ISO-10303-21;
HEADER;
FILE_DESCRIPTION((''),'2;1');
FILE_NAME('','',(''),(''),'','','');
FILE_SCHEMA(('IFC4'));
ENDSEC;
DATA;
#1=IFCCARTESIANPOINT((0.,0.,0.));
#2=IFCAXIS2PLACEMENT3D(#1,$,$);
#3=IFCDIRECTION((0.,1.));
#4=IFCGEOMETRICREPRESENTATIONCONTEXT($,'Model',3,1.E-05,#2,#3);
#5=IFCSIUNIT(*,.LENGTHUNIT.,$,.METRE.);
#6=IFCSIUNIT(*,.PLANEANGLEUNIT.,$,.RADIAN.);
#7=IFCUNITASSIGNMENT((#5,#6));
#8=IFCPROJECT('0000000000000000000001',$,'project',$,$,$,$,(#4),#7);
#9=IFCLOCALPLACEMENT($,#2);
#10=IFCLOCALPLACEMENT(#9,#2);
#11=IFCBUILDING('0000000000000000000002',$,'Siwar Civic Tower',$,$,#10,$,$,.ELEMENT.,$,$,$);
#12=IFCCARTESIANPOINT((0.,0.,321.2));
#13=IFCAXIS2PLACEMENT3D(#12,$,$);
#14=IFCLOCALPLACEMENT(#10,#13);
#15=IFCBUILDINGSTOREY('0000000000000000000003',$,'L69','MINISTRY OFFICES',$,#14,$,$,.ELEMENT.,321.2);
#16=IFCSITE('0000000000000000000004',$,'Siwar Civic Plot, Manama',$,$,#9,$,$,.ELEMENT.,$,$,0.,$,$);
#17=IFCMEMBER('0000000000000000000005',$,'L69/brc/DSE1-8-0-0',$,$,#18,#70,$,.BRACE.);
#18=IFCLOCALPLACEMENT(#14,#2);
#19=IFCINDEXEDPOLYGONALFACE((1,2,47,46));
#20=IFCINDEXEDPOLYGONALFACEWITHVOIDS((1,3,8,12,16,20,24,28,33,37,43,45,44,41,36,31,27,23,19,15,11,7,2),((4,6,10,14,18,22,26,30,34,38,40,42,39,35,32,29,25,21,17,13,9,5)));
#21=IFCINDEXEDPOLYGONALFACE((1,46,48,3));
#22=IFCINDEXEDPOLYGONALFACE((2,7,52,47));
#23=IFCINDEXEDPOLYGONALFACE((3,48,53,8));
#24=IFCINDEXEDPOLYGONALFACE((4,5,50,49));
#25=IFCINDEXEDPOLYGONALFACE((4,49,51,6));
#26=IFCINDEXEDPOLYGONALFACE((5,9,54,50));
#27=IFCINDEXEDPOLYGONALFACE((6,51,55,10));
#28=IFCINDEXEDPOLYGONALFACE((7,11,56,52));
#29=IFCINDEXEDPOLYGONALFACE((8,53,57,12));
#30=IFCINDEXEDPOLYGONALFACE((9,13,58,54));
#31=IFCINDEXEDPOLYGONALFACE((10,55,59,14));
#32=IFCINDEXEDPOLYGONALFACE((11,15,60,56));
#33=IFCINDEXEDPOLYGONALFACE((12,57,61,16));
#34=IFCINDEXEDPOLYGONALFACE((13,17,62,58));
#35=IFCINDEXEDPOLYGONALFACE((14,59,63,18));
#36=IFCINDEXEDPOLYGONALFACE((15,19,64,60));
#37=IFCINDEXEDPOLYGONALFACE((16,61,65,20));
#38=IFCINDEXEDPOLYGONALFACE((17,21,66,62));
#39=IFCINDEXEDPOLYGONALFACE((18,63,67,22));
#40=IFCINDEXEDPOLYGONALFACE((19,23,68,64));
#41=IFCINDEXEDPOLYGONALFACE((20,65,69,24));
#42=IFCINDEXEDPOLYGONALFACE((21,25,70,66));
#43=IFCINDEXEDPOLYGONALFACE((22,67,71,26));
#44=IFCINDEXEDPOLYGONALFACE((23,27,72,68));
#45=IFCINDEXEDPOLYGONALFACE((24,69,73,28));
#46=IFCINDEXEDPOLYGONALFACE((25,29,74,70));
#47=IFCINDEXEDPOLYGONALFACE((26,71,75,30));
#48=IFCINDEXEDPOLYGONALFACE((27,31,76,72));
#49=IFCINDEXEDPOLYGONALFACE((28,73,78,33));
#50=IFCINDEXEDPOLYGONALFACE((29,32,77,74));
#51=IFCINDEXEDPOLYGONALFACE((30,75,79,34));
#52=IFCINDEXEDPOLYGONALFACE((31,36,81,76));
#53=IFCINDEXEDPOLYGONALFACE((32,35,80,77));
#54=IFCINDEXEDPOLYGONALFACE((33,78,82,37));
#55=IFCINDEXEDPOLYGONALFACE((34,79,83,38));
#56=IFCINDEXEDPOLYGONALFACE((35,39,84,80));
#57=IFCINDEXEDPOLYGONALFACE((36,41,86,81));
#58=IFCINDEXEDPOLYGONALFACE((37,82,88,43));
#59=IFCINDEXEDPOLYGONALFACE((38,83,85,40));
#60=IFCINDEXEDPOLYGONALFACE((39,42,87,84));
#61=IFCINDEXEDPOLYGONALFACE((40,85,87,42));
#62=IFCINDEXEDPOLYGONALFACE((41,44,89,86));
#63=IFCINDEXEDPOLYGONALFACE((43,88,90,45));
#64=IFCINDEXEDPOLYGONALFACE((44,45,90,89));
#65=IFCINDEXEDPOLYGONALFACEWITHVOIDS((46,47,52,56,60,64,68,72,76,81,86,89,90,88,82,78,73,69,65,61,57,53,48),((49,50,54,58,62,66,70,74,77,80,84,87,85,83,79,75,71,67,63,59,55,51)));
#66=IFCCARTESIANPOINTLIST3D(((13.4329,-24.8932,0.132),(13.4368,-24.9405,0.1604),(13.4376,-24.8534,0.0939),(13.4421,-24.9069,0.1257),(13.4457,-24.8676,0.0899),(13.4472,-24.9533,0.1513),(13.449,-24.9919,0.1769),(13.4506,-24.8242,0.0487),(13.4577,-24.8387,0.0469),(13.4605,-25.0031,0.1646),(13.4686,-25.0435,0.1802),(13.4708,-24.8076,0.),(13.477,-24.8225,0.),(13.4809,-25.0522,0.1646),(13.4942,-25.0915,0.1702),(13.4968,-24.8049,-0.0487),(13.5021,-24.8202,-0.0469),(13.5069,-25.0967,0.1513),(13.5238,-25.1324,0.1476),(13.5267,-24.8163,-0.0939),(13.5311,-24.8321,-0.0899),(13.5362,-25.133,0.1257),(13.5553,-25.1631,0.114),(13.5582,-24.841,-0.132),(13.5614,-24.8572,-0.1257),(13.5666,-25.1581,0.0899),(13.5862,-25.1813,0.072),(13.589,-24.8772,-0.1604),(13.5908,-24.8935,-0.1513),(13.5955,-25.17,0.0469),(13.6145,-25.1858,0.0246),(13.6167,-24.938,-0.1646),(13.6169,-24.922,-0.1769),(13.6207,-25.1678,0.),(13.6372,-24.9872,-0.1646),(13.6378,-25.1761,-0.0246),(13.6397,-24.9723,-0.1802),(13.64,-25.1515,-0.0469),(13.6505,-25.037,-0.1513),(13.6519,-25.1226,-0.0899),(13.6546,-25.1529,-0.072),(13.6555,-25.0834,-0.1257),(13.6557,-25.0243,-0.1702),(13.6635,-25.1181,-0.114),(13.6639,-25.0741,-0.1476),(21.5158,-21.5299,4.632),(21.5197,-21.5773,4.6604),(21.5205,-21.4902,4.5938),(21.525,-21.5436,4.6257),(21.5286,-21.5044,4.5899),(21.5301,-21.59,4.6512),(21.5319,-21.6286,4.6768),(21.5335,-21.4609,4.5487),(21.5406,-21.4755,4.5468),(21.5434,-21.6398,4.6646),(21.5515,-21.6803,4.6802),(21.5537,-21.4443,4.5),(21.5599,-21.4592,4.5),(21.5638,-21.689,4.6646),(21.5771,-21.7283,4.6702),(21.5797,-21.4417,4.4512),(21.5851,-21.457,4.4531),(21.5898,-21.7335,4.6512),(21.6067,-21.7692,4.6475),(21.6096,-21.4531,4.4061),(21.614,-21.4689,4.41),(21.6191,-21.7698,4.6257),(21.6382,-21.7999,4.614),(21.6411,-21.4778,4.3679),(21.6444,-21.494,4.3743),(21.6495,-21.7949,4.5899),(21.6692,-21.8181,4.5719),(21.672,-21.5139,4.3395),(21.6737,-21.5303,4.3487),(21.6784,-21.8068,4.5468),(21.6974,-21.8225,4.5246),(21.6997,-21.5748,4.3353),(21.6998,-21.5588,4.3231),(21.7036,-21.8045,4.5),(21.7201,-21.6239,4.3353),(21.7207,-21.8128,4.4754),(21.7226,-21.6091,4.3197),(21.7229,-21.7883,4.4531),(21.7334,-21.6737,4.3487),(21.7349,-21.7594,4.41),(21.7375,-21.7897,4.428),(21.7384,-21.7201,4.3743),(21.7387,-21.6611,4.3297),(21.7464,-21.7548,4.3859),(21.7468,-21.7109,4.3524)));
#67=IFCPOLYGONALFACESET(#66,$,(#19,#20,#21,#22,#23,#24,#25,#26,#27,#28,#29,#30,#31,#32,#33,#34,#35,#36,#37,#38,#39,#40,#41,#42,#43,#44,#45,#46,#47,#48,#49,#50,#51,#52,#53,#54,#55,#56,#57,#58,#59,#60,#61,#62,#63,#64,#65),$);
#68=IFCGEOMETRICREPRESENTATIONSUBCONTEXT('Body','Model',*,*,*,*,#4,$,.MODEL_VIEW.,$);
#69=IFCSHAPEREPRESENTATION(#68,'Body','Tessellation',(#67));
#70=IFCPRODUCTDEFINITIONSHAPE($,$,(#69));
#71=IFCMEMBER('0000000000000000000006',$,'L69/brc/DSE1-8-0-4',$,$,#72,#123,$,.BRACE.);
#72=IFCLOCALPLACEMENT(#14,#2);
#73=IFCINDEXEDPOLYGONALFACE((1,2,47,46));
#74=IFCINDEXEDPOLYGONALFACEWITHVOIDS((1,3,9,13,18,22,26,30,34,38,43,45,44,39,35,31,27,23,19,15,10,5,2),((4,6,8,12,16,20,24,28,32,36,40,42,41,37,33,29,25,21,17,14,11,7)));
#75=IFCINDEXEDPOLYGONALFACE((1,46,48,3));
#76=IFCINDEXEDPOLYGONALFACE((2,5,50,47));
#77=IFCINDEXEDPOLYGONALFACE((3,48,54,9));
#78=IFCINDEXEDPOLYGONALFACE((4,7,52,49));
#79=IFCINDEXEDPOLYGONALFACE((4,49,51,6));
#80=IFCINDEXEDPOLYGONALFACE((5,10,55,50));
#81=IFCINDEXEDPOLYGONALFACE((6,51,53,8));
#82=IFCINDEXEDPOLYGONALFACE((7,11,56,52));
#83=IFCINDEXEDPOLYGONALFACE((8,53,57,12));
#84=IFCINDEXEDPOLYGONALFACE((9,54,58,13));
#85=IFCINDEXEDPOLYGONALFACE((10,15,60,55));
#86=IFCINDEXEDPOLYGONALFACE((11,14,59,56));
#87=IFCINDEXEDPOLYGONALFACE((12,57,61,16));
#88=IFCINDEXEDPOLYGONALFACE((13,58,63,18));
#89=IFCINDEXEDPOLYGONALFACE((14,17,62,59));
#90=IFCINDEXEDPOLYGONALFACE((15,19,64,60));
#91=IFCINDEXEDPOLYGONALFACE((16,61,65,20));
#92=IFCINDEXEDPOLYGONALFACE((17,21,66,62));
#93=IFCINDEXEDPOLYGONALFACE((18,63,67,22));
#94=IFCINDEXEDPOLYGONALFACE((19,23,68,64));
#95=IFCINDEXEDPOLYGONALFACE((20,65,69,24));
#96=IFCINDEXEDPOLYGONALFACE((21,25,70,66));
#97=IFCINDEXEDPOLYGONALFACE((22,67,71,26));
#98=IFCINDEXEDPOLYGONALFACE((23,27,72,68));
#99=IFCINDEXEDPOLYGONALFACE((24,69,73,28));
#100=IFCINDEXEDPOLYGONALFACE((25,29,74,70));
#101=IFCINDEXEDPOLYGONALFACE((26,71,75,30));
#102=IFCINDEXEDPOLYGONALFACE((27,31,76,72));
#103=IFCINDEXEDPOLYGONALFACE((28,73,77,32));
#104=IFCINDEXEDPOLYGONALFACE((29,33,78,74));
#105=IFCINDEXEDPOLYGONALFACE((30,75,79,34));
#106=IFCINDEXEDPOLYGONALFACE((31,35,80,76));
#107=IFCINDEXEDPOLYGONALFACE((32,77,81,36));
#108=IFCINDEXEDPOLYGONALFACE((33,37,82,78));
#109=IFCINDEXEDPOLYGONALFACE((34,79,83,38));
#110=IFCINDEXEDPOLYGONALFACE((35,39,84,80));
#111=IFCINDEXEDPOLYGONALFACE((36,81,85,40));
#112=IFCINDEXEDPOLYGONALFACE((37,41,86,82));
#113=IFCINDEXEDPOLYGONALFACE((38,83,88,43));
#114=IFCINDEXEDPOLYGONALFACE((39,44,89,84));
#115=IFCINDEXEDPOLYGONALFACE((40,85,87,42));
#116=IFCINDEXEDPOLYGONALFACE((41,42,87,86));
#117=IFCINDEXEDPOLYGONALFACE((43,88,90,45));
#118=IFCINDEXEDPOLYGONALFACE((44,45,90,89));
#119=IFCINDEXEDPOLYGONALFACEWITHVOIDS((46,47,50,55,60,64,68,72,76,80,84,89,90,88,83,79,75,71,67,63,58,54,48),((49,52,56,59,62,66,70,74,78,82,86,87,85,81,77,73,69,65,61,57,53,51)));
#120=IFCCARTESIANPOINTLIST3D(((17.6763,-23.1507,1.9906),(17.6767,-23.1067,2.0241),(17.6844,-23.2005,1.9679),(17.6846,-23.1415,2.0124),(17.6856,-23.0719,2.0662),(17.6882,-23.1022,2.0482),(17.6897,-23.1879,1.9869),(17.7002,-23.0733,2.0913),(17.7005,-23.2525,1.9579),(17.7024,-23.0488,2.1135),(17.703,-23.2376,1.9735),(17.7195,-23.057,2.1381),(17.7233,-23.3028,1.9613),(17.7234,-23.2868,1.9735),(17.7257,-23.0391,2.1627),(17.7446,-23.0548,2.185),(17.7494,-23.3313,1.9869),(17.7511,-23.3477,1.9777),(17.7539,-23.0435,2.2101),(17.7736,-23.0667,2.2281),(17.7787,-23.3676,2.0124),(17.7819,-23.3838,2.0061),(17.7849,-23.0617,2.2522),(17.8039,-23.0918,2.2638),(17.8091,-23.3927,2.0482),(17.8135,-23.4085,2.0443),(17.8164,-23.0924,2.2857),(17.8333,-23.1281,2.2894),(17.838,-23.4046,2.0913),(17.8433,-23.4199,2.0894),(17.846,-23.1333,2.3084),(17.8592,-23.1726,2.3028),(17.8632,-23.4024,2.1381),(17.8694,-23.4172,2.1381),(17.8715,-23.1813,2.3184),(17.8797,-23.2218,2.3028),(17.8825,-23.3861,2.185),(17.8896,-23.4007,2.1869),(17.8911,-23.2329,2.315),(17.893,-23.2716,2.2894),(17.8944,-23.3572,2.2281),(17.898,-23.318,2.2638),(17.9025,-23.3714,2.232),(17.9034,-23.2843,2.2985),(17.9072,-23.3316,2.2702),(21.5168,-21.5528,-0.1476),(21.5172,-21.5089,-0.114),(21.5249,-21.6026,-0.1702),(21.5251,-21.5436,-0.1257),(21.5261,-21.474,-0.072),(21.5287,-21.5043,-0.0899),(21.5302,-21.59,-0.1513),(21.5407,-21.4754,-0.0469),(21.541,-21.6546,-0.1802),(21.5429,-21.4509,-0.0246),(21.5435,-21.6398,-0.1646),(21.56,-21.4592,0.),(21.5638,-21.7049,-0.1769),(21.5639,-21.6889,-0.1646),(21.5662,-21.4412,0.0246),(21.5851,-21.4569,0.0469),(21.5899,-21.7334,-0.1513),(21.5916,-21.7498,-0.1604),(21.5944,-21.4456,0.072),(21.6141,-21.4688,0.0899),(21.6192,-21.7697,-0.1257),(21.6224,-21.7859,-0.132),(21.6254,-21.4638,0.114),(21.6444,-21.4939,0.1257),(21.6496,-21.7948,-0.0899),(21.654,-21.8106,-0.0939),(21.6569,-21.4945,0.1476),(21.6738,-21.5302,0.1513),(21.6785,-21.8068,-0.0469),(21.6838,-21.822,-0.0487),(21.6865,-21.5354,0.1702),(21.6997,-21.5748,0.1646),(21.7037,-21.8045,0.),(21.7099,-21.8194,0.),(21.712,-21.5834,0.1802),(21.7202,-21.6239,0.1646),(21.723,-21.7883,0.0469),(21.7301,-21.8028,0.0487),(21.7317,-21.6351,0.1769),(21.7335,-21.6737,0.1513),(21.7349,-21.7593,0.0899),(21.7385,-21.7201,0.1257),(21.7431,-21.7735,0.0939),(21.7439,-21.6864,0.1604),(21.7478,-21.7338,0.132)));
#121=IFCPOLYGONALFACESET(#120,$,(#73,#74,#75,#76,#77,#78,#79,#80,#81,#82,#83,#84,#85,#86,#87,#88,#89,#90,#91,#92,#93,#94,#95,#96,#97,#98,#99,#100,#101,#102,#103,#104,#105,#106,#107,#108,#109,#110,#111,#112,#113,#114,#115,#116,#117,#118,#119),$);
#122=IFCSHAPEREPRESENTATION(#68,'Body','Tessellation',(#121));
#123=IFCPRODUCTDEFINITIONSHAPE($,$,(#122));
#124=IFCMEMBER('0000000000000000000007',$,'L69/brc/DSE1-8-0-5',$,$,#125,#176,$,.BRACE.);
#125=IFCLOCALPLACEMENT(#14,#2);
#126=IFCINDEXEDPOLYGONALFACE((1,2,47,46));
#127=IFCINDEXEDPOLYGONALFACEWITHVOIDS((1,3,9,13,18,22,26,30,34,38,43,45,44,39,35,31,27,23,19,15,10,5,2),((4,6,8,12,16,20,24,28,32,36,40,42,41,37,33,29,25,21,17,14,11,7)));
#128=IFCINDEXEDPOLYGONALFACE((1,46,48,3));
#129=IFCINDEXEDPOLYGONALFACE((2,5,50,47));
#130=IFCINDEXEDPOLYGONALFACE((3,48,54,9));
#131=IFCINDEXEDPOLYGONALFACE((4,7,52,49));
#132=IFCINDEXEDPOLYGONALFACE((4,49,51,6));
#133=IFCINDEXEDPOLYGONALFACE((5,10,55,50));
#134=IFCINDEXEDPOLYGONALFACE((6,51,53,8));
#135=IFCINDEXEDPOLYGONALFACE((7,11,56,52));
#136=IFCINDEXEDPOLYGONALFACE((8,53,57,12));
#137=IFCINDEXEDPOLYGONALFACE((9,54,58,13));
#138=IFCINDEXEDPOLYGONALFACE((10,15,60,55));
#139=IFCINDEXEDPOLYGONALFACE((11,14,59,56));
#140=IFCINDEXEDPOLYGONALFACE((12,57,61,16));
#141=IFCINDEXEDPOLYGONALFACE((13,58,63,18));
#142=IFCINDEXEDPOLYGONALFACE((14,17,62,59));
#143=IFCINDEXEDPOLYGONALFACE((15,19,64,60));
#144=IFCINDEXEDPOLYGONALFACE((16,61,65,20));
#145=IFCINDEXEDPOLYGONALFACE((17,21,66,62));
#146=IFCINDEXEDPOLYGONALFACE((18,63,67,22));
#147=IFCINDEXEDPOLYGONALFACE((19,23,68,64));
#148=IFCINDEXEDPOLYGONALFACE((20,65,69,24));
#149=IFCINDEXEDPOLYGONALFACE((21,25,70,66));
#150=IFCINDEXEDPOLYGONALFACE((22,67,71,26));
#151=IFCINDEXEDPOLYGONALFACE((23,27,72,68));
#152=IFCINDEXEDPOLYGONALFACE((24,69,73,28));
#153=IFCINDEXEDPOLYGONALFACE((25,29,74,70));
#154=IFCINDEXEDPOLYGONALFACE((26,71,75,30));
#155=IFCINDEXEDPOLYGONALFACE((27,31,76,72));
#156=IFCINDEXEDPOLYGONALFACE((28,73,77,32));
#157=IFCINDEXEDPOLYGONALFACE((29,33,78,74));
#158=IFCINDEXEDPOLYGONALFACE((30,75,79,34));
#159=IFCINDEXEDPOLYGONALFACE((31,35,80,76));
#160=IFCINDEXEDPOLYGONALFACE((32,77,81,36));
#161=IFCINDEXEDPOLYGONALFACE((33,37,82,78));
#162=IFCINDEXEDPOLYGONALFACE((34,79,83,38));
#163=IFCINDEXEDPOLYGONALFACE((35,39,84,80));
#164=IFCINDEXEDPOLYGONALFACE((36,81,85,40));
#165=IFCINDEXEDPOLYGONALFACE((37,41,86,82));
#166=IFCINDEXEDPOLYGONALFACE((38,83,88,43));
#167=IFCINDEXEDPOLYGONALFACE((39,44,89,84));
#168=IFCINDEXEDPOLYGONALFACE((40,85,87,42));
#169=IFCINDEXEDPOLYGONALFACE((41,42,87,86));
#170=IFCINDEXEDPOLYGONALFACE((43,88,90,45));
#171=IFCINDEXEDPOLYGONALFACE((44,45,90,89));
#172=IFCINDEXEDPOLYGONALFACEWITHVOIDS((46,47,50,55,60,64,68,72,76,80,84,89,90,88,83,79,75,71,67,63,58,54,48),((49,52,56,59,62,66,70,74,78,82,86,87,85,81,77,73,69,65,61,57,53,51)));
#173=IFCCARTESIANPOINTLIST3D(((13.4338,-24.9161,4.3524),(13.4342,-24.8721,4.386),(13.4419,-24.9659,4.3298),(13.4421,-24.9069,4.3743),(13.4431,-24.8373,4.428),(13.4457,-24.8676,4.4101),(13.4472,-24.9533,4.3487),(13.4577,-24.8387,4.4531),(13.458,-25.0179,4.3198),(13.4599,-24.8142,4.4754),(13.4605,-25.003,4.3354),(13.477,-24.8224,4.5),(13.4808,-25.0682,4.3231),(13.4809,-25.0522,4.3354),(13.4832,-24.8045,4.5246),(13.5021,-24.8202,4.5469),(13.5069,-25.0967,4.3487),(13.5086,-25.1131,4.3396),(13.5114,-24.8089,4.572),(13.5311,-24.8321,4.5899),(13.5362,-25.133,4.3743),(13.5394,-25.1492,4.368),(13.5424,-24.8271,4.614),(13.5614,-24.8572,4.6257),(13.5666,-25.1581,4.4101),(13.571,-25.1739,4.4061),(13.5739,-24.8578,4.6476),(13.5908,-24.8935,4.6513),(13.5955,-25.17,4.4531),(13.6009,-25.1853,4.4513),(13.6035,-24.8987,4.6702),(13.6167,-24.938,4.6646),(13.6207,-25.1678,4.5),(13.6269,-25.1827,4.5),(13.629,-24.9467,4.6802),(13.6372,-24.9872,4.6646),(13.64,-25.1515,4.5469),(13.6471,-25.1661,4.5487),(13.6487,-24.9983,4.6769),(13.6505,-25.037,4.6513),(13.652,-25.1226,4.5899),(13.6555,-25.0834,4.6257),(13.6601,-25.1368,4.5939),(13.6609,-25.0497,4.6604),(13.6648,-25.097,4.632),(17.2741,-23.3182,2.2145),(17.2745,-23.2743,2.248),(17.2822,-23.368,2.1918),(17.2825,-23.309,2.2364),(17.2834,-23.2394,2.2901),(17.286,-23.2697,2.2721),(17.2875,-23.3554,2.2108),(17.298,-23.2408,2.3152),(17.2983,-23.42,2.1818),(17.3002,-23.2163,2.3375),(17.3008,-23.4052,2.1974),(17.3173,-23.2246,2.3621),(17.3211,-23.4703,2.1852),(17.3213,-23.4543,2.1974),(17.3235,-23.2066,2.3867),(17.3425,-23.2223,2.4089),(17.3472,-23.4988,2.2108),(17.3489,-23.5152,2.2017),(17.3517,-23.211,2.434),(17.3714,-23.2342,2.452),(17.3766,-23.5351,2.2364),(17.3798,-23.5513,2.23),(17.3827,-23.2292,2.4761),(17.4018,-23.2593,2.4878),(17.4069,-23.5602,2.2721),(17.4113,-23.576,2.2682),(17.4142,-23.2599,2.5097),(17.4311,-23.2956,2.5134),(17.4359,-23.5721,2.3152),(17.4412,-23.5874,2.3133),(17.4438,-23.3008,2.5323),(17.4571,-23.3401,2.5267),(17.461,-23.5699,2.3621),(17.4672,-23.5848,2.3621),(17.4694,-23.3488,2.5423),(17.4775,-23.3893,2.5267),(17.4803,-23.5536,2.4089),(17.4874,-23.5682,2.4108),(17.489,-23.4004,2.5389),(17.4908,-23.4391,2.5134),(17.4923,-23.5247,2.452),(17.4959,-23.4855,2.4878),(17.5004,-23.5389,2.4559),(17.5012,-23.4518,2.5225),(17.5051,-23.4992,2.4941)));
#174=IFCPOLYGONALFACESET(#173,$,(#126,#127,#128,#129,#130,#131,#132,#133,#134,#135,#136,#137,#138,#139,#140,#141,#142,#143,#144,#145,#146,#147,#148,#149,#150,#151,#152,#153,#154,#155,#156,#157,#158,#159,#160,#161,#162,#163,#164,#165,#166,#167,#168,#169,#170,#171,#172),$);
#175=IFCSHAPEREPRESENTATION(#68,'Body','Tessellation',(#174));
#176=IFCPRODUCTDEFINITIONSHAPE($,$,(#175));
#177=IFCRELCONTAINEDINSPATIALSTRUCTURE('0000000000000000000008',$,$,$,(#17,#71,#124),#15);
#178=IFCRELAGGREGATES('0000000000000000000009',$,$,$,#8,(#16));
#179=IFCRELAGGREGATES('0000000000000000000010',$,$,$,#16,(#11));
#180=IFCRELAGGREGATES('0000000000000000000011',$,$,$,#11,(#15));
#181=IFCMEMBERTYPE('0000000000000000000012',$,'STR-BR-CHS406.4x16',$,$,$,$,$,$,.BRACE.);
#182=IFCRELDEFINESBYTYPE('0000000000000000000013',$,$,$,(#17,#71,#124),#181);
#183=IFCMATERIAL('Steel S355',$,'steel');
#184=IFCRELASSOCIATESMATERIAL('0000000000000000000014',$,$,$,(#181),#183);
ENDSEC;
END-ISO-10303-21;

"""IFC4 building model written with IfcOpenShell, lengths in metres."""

from ifc_helpers import new_model, si_unit, direction, frame, origin, origin_2d, place, context, subcontext, project, spatial, hollow_circle, extrude, material, material_profile, profile_set, type_object, element, save


model = new_model("IFC4")

# Units and contexts
model_context = context("Model", 3, precision=1e-05, world=origin(), true_north=direction((0.0, 1.0)))
body_context = subcontext(model_context, "Body", "Model", "MODEL_VIEW")
ifc_project = project(units=[si_unit("LENGTHUNIT", "METRE"), si_unit("PLANEANGLEUNIT", "RADIAN")], contexts=[model_context])

# Site, building, storey
site_placement = place(None, origin())
site = spatial("IfcSite", under=ifc_project, at=site_placement, Name="Siwar Civic Plot, Manama", CompositionType="ELEMENT", RefElevation=0.0)
building_placement = place(site_placement, origin())
building = spatial("IfcBuilding", under=site, at=building_placement, Name="Siwar Civic Tower", CompositionType="ELEMENT")
storey_placement = place(building_placement, frame((0.0, 0.0, 321.2)))
storey = spatial("IfcBuildingStorey", under=building, at=storey_placement, Name="L69", Description="MINISTRY OFFICES", CompositionType="ELEMENT", Elevation=321.2)

# Members
ifc_material_1 = material(Name="Steel S355", Category="steel")
ifc_material_profile_1 = material_profile(ifc_material_1, hollow_circle(Radius=0.2031, WallThickness=0.0161, at=origin_2d()), Name="CHS406.4x16")
ifc_profile_set_1 = profile_set([ifc_material_profile_1], Name="Steel S355")
member_type_1 = type_object("IfcMemberType", Name="STR-BR-CHS406.4x16", PredefinedType="BRACE", material=ifc_profile_set_1)
member_1_placement = place(storey_placement, frame((13.5488, -24.9951, 0.0), z_axis=(0.821143, 0.341671, 0.457149), x_axis=(-0.384164, 0.923265, 0.0)))
element("IfcMember", 1, at=member_1_placement, inside=storey, type_object=member_type_1, Name="L69/brc/DSE1-8-0-0", PredefinedType="BRACE", context=body_context, shape_type="SweptSolid", body=[
    extrude(hollow_circle(Radius=0.2031, WallThickness=0.0161, at=origin_2d()), origin(), (0.0, 0.0, 1.0), 9.8435),
])
member_2_placement = place(storey_placement, frame((21.6318, -21.6318, 0.0), z_axis=(-0.821147, -0.341644, 0.457161), x_axis=(0.384136, -0.923276, 0.0)))
element("IfcMember", 2, at=member_2_placement, inside=storey, type_object=member_type_1, Name="L69/brc/DSE1-8-0-4", PredefinedType="BRACE", context=body_context, shape_type="SweptSolid", body=[
    extrude(hollow_circle(Radius=0.2031, WallThickness=0.0161, at=origin_2d()), origin(), (0.0, 0.0, 1.0), 4.677),
])
member_3_placement = place(storey_placement, frame((17.3892, -23.3972, 2.3621), z_axis=(-0.82115, -0.341667, 0.45714), x_axis=(0.384157, -0.923268, 0.0)))
element("IfcMember", 3, at=member_3_placement, inside=storey, type_object=member_type_1, Name="L69/brc/DSE1-8-0-5", PredefinedType="BRACE", context=body_context, shape_type="SweptSolid", body=[
    extrude(hollow_circle(Radius=0.2031, WallThickness=0.0161, at=origin_2d()), origin(), (0.0, 0.0, 1.0), 4.6768),
])

save(model, "model.ifc")
